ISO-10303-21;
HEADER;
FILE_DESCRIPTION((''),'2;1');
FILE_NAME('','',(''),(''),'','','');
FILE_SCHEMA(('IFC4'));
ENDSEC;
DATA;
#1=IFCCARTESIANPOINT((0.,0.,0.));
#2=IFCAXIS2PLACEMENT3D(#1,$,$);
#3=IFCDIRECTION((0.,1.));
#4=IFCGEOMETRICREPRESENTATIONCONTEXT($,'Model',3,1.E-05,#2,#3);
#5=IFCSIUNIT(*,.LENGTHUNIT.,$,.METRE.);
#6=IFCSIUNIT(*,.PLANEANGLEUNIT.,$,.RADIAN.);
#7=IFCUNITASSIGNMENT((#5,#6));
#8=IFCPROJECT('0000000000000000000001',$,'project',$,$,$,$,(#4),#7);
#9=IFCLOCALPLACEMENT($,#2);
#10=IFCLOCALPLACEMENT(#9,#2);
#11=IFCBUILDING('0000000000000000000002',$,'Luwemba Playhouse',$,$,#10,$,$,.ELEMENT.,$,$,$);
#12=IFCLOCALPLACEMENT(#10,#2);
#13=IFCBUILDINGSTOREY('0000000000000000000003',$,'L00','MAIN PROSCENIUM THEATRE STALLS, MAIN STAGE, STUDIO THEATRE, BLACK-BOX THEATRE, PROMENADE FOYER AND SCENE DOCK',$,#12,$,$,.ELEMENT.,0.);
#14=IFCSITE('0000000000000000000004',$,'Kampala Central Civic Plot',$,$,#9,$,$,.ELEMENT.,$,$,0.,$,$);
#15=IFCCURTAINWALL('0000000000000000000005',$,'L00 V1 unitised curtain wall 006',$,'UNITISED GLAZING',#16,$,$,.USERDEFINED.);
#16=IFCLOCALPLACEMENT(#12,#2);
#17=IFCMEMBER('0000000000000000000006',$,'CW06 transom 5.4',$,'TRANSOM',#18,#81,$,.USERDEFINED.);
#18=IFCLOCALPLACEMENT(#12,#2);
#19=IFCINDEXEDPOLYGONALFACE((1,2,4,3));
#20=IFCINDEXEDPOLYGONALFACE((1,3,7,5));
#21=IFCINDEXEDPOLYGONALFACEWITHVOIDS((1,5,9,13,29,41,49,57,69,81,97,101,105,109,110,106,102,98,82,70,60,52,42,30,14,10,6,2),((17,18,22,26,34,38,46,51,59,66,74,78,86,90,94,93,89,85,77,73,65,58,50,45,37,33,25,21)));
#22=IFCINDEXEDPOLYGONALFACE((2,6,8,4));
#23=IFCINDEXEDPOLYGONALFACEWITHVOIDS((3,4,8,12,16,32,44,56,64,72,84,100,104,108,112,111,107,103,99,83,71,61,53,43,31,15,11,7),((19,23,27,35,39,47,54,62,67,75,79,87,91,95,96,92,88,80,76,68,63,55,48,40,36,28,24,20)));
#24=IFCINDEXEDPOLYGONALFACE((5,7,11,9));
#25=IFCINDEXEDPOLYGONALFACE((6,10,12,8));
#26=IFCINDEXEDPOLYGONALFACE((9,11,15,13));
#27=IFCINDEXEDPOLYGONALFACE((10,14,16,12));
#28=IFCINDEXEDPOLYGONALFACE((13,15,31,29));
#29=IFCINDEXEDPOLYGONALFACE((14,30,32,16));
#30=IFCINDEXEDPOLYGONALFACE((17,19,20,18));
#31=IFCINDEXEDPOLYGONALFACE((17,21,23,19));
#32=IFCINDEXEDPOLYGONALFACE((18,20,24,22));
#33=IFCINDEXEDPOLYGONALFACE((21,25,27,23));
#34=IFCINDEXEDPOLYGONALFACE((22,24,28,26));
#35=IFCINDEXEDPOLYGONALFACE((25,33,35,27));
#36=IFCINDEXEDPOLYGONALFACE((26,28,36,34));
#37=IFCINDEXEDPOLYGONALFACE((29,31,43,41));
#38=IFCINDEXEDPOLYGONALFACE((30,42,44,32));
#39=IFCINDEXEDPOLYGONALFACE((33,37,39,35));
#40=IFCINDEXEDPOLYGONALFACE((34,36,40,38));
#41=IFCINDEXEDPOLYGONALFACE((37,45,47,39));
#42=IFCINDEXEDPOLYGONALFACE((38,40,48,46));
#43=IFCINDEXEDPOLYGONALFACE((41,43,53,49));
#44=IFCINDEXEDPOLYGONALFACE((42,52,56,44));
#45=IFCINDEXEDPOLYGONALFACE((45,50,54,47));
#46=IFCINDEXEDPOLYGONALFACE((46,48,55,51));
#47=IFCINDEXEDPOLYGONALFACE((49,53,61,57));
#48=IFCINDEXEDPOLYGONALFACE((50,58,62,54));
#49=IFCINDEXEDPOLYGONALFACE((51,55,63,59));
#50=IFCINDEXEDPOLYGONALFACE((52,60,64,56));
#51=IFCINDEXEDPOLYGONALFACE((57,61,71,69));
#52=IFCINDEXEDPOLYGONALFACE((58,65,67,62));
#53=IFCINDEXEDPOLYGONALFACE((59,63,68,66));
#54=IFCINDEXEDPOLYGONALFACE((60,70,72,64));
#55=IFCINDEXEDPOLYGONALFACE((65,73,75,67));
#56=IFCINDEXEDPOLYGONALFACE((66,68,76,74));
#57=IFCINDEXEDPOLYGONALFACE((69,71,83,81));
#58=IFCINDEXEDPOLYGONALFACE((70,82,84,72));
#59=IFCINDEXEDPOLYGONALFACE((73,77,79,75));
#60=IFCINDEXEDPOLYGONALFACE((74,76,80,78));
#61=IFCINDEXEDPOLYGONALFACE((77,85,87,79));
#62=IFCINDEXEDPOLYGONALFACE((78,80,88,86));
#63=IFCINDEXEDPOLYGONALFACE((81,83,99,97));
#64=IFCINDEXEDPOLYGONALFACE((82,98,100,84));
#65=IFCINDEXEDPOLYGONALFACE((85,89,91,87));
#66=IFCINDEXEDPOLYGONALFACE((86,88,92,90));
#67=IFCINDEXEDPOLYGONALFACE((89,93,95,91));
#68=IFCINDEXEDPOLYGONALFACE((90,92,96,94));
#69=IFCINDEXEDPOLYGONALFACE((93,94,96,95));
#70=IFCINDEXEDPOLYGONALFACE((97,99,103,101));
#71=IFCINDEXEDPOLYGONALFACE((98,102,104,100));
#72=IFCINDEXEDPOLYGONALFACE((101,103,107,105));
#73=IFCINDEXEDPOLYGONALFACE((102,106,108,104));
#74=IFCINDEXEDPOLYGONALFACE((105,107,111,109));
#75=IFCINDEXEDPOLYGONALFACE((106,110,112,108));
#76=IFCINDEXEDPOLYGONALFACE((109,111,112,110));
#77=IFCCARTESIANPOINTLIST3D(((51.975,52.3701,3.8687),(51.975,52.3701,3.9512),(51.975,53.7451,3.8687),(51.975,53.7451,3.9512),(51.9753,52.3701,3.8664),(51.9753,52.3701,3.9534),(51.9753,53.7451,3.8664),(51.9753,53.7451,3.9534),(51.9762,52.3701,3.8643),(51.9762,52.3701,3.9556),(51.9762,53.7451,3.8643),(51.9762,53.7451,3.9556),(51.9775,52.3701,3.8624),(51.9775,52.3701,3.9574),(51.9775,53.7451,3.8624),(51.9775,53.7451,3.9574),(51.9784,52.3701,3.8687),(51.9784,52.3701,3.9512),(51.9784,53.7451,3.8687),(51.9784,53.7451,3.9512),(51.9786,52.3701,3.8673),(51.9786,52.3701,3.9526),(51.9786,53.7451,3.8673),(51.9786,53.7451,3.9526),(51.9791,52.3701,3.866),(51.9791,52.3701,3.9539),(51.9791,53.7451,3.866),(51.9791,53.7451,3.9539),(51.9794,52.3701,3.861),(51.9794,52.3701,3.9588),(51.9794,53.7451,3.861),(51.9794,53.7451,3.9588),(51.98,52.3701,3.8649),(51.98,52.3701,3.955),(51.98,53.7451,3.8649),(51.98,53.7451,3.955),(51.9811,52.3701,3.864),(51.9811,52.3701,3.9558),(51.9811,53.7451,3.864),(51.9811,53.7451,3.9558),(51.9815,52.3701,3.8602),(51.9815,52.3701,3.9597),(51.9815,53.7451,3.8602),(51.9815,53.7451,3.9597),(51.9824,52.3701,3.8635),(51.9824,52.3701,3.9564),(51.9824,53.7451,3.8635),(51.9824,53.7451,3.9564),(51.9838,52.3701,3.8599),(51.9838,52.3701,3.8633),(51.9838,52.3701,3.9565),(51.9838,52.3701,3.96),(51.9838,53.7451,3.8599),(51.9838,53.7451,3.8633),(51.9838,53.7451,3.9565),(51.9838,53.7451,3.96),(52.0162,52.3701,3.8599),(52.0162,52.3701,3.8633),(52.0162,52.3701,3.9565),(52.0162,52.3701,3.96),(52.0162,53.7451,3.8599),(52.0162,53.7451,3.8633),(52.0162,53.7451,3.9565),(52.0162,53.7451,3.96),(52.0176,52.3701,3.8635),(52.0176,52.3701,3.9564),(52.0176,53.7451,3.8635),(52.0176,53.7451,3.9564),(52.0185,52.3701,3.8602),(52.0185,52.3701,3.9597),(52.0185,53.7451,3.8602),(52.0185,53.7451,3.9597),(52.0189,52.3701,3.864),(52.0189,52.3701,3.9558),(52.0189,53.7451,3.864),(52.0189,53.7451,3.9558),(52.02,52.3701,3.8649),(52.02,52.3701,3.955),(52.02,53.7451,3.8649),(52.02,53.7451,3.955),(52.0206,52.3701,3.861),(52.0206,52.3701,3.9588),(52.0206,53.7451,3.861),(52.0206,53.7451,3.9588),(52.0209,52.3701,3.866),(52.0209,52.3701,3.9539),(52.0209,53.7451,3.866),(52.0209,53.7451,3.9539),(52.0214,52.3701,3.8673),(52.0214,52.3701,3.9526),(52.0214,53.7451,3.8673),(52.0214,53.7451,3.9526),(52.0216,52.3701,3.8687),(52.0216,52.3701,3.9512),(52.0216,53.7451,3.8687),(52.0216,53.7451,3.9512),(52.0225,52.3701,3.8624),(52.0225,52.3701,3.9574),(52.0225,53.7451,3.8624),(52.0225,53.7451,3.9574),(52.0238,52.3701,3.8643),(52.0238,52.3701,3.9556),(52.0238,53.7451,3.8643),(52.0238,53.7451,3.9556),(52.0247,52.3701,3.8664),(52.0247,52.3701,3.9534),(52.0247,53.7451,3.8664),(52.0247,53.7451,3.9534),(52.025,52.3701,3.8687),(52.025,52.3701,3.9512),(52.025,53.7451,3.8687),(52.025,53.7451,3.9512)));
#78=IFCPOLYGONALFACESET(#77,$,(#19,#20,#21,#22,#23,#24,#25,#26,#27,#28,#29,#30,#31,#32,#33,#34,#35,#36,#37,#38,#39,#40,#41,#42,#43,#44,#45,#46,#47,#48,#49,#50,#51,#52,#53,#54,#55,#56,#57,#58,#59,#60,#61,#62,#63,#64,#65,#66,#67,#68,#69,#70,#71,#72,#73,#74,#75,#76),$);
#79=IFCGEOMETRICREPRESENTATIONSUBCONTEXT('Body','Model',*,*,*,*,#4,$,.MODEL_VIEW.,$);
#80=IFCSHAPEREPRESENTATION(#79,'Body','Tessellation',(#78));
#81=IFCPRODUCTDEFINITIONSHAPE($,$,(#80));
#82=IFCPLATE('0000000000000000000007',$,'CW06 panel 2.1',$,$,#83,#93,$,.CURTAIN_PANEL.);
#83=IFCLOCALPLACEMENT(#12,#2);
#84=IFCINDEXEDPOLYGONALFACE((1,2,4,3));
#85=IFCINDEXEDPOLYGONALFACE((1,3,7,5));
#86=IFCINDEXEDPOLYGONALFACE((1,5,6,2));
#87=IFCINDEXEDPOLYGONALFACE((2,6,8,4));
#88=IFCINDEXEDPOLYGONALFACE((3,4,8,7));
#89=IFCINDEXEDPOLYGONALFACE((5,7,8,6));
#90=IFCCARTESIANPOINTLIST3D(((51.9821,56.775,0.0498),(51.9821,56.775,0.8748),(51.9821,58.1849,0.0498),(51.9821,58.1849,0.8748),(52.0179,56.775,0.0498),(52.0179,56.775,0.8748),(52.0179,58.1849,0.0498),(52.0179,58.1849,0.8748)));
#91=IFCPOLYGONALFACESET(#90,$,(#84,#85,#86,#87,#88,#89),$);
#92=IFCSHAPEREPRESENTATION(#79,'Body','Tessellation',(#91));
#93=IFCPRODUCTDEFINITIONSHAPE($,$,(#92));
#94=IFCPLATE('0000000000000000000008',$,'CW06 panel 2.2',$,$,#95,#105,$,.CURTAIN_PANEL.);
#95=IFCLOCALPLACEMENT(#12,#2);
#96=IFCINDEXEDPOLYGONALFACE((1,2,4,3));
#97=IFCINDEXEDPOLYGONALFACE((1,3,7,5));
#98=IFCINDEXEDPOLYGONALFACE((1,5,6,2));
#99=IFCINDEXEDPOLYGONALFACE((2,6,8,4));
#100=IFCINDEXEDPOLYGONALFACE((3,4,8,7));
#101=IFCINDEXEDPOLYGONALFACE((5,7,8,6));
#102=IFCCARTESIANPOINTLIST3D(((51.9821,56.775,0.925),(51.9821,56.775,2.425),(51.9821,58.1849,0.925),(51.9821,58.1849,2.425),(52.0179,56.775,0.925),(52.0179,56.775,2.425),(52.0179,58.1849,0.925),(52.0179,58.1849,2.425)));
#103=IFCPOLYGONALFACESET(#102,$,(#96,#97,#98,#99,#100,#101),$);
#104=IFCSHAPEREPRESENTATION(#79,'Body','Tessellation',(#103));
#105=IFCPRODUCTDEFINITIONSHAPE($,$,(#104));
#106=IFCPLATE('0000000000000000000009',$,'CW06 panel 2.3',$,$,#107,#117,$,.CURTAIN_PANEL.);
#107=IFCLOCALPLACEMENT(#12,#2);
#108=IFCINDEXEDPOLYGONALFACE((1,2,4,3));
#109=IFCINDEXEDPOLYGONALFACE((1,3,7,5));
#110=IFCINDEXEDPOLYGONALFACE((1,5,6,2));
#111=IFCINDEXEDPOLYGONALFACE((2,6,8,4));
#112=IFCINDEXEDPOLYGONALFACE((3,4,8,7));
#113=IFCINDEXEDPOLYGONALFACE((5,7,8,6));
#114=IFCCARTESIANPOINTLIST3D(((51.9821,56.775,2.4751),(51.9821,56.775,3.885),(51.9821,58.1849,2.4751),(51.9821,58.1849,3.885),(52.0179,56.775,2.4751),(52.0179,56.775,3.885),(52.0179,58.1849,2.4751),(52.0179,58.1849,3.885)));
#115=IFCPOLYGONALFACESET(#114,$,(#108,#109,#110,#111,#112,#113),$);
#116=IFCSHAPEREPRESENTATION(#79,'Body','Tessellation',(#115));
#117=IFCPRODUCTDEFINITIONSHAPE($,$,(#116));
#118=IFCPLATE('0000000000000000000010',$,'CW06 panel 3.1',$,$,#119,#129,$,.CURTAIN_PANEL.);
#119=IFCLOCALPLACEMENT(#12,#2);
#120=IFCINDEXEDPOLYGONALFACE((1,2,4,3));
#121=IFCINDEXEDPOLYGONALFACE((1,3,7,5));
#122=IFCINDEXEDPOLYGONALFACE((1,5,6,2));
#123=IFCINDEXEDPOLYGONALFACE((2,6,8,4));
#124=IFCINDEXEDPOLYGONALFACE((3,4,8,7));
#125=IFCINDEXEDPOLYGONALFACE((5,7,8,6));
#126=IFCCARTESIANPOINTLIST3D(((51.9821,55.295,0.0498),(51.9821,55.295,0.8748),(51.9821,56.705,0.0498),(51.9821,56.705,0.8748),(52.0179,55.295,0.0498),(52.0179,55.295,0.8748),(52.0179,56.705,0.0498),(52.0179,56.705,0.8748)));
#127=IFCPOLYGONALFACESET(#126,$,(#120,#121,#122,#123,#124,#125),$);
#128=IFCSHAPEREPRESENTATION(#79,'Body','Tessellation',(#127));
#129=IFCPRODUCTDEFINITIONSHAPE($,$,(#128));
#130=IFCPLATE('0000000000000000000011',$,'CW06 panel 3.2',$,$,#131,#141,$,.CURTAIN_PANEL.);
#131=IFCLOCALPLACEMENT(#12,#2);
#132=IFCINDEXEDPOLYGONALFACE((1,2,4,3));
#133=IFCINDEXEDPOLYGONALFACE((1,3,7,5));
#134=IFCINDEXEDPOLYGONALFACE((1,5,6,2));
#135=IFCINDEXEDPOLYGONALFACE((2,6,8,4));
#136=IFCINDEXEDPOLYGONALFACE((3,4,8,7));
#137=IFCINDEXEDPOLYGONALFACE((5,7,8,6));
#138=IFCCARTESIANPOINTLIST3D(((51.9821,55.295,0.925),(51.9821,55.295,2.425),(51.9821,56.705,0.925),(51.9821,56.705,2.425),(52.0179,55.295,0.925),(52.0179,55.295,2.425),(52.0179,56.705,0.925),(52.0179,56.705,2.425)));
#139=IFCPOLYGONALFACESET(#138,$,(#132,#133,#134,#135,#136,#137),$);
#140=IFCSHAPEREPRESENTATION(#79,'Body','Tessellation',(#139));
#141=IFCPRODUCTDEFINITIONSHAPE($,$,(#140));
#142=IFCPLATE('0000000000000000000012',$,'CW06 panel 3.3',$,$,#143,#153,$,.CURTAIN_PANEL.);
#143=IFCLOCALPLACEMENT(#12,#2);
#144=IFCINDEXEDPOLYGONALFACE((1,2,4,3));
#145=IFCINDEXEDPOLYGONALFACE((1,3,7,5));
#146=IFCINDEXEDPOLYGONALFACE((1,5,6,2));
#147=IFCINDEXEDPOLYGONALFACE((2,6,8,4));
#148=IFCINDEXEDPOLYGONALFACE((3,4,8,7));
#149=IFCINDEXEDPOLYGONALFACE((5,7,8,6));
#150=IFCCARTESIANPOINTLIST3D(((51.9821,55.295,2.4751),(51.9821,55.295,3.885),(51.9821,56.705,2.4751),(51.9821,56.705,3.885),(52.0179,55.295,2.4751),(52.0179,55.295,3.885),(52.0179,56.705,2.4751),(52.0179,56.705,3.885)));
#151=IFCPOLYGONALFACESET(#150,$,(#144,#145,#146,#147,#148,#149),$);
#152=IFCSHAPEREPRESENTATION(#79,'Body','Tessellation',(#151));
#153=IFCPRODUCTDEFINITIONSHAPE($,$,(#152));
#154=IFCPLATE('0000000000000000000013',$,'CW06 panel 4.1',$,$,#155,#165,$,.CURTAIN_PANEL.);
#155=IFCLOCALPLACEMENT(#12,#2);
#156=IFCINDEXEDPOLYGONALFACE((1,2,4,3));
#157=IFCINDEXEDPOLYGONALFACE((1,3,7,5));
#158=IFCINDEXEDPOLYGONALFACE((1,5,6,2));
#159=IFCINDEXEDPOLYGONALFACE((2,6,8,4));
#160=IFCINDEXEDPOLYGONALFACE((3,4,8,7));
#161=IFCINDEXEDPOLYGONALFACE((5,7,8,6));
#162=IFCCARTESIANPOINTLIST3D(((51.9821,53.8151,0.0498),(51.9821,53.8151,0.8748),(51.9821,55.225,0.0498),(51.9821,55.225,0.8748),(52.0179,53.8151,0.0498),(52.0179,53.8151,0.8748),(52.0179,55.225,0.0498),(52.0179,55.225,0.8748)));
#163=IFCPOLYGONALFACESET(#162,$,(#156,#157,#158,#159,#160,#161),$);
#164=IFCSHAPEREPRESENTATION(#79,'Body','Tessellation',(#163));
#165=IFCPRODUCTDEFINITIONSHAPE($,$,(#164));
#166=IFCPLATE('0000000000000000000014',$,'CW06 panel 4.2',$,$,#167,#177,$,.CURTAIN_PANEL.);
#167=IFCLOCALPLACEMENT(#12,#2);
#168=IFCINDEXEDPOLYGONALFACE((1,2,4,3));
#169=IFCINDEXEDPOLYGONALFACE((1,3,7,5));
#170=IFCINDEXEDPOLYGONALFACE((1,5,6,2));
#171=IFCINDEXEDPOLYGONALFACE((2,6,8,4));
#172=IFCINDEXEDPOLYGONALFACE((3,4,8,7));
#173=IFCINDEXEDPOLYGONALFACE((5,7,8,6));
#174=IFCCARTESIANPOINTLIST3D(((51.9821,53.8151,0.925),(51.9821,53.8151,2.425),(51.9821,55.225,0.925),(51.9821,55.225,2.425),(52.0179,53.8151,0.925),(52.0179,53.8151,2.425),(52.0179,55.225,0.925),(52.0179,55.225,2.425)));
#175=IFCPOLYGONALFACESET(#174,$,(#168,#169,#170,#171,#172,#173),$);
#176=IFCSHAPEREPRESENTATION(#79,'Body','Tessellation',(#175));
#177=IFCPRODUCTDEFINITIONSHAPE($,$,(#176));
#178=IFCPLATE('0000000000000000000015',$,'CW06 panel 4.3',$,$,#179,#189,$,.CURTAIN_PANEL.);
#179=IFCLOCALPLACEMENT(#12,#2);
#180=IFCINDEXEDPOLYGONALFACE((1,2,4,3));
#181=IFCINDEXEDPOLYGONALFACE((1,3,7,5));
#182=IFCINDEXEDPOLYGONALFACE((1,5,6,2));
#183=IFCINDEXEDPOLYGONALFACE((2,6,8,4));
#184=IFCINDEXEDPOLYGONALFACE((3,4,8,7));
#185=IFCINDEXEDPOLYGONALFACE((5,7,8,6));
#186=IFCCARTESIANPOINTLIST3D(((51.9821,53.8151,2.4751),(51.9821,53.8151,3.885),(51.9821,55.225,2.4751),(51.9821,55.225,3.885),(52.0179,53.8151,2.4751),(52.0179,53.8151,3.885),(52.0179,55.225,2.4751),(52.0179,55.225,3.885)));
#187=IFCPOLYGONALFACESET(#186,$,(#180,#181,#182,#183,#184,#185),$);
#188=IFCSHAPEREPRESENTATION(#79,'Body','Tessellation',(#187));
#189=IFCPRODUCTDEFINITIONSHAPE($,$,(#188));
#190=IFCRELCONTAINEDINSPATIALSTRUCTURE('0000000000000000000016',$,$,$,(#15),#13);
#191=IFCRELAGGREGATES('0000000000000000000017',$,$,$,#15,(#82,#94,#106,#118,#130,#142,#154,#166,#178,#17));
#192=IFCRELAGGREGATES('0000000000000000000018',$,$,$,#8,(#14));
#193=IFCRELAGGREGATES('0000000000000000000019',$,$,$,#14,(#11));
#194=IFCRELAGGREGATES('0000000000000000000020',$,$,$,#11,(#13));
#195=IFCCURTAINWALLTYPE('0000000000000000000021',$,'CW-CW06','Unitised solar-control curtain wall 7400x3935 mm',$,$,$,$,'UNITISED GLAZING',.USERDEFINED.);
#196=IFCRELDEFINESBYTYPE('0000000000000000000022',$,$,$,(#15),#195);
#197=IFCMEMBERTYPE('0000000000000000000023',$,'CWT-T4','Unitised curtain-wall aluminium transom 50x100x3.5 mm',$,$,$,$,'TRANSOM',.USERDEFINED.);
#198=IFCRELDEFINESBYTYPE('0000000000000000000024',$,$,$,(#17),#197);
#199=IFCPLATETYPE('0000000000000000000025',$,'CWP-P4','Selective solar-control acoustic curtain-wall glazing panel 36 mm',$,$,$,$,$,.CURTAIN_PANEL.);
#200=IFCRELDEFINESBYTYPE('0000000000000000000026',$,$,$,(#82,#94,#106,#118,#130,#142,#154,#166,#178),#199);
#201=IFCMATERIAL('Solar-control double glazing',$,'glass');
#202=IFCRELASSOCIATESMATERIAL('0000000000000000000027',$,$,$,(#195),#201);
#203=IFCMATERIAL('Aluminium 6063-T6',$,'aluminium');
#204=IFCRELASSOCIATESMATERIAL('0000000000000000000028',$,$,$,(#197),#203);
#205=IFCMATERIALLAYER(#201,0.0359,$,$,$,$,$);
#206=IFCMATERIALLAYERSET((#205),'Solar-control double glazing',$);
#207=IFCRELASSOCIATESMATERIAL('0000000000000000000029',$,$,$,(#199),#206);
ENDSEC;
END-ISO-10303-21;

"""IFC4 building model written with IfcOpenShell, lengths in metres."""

from ifc_helpers import new_model, si_unit, direction, frame, origin, origin_2d, place, context, subcontext, project, spatial, rectangle, hollow_rectangle, extrude, material, layer, layer_set, material_profile, profile_set, type_object, element, aggregate, save


model = new_model("IFC4")

# Units and contexts
model_context = context("Model", 3, precision=1e-05, world=origin(), true_north=direction((0.0, 1.0)))
body_context = subcontext(model_context, "Body", "Model", "MODEL_VIEW")
ifc_project = project(units=[si_unit("LENGTHUNIT", "METRE"), si_unit("PLANEANGLEUNIT", "RADIAN")], contexts=[model_context])

# Site, building, storey
site_placement = place(None, origin())
site = spatial("IfcSite", under=ifc_project, at=site_placement, Name="Kampala Central Civic Plot", CompositionType="ELEMENT", RefElevation=0.0)
building_placement = place(site_placement, origin())
building = spatial("IfcBuilding", under=site, at=building_placement, Name="Luwemba Playhouse", CompositionType="ELEMENT")
storey_placement = place(building_placement, origin())
storey = spatial("IfcBuildingStorey", under=building, at=storey_placement, Name="L00", Description="MAIN PROSCENIUM THEATRE STALLS, MAIN STAGE, STUDIO THEATRE, BLACK-BOX THEATRE, PROMENADE FOYER AND SCENE DOCK", CompositionType="ELEMENT", Elevation=0.0)

# Curtain wall, member, plates
ifc_material_1 = material(Name="Solar-control double glazing", Category="glass")
curtain_wall_type = type_object("IfcCurtainWallType", Name="CW-CW06", Description="Unitised solar-control curtain wall 7400x3935 mm", ElementType="UNITISED GLAZING", PredefinedType="USERDEFINED", material=ifc_material_1)
curtain_wall_placement = place(storey_placement, origin())
curtain_wall = element("IfcCurtainWall", 1, at=curtain_wall_placement, inside=storey, type_object=curtain_wall_type, Name="L00 V1 unitised curtain wall 006", ObjectType="UNITISED GLAZING", PredefinedType="USERDEFINED")
ifc_material_2 = material(Name="Aluminium 6063-T6", Category="aluminium")
ifc_material_profile_1 = material_profile(ifc_material_2, hollow_rectangle(XDim=0.05, YDim=0.1001, WallThickness=0.0034, InnerFilletRadius=0.0054, OuterFilletRadius=0.0088, at=origin_2d()))
ifc_profile_set_1 = profile_set([ifc_material_profile_1], Name="Aluminium 6063-T6")
member_type_1 = type_object("IfcMemberType", Name="CWT-T4", Description="Unitised curtain-wall aluminium transom 50x100x3.5 mm", ElementType="TRANSOM", PredefinedType="USERDEFINED", material=ifc_profile_set_1)
member_1_placement = place(storey_placement, frame((52.0, 53.7451, 3.9099), z_axis=(0.0, -1.0, 0.0), x_axis=(1.0, 0.0, 0.0)))
member_1 = element("IfcMember", 2, at=member_1_placement, type_object=member_type_1, Name="CW06 transom 5.4", ObjectType="TRANSOM", PredefinedType="USERDEFINED", context=body_context, shape_type="SweptSolid", body=[
    extrude(hollow_rectangle(XDim=0.05, YDim=0.1001, WallThickness=0.0034, InnerFilletRadius=0.0054, OuterFilletRadius=0.0088, at=origin_2d()), origin(), (0.0, 0.0, 1.0), 1.375),
])
ifc_layer = layer(ifc_material_1, 0.0359)
ifc_layer_set = layer_set([ifc_layer], Name="Solar-control double glazing")
plate_type = type_object("IfcPlateType", Name="CWP-P4", Description="Selective solar-control acoustic curtain-wall glazing panel 36 mm", PredefinedType="CURTAIN_PANEL", material=ifc_layer_set)
plate_1_placement = place(storey_placement, frame((52.0, 57.48, 0.0498), z_axis=(0.0, 0.0, 1.0), x_axis=(0.0, -1.0, 0.0)))
plate_1 = element("IfcPlate", 3, at=plate_1_placement, type_object=plate_type, Name="CW06 panel 2.1", PredefinedType="CURTAIN_PANEL", context=body_context, shape_type="SweptSolid", body=[
    extrude(rectangle(XDim=1.4099, YDim=0.0359, at=origin_2d()), origin(), (0.0, 0.0, 1.0), 0.825),
])
plate_2_placement = place(storey_placement, frame((52.0, 57.48, 0.925), z_axis=(0.0, 0.0, 1.0), x_axis=(0.0, -1.0, 0.0)))
plate_2 = element("IfcPlate", 4, at=plate_2_placement, type_object=plate_type, Name="CW06 panel 2.2", PredefinedType="CURTAIN_PANEL", context=body_context, shape_type="SweptSolid", body=[
    extrude(rectangle(XDim=1.4099, YDim=0.0359, at=origin_2d()), origin(), (0.0, 0.0, 1.0), 1.5),
])
plate_3_placement = place(storey_placement, frame((52.0, 57.48, 2.4751), z_axis=(0.0, 0.0, 1.0), x_axis=(0.0, -1.0, 0.0)))
plate_3 = element("IfcPlate", 5, at=plate_3_placement, type_object=plate_type, Name="CW06 panel 2.3", PredefinedType="CURTAIN_PANEL", context=body_context, shape_type="SweptSolid", body=[
    extrude(rectangle(XDim=1.4099, YDim=0.0359, at=origin_2d()), origin(), (0.0, 0.0, 1.0), 1.4099),
])
plate_4_placement = place(storey_placement, frame((52.0, 56.0, 0.0498), z_axis=(0.0, 0.0, 1.0), x_axis=(0.0, -1.0, 0.0)))
plate_4 = element("IfcPlate", 6, at=plate_4_placement, type_object=plate_type, Name="CW06 panel 3.1", PredefinedType="CURTAIN_PANEL", context=body_context, shape_type="SweptSolid", body=[
    extrude(rectangle(XDim=1.4099, YDim=0.0359, at=origin_2d()), origin(), (0.0, 0.0, 1.0), 0.825),
])
plate_5_placement = place(storey_placement, frame((52.0, 56.0, 0.925), z_axis=(0.0, 0.0, 1.0), x_axis=(0.0, -1.0, 0.0)))
plate_5 = element("IfcPlate", 7, at=plate_5_placement, type_object=plate_type, Name="CW06 panel 3.2", PredefinedType="CURTAIN_PANEL", context=body_context, shape_type="SweptSolid", body=[
    extrude(rectangle(XDim=1.4099, YDim=0.0359, at=origin_2d()), origin(), (0.0, 0.0, 1.0), 1.5),
])
plate_6_placement = place(storey_placement, frame((52.0, 56.0, 2.4751), z_axis=(0.0, 0.0, 1.0), x_axis=(0.0, -1.0, 0.0)))
plate_6 = element("IfcPlate", 8, at=plate_6_placement, type_object=plate_type, Name="CW06 panel 3.3", PredefinedType="CURTAIN_PANEL", context=body_context, shape_type="SweptSolid", body=[
    extrude(rectangle(XDim=1.4099, YDim=0.0359, at=origin_2d()), origin(), (0.0, 0.0, 1.0), 1.4099),
])
plate_7_placement = place(storey_placement, frame((52.0, 54.52, 0.0498), z_axis=(0.0, 0.0, 1.0), x_axis=(0.0, -1.0, 0.0)))
plate_7 = element("IfcPlate", 9, at=plate_7_placement, type_object=plate_type, Name="CW06 panel 4.1", PredefinedType="CURTAIN_PANEL", context=body_context, shape_type="SweptSolid", body=[
    extrude(rectangle(XDim=1.4099, YDim=0.0359, at=origin_2d()), origin(), (0.0, 0.0, 1.0), 0.825),
])
plate_8_placement = place(storey_placement, frame((52.0, 54.52, 0.925), z_axis=(0.0, 0.0, 1.0), x_axis=(0.0, -1.0, 0.0)))
plate_8 = element("IfcPlate", 10, at=plate_8_placement, type_object=plate_type, Name="CW06 panel 4.2", PredefinedType="CURTAIN_PANEL", context=body_context, shape_type="SweptSolid", body=[
    extrude(rectangle(XDim=1.4099, YDim=0.0359, at=origin_2d()), origin(), (0.0, 0.0, 1.0), 1.5),
])
plate_9_placement = place(storey_placement, frame((52.0, 54.52, 2.4751), z_axis=(0.0, 0.0, 1.0), x_axis=(0.0, -1.0, 0.0)))
plate_9 = element("IfcPlate", 11, at=plate_9_placement, type_object=plate_type, Name="CW06 panel 4.3", PredefinedType="CURTAIN_PANEL", context=body_context, shape_type="SweptSolid", body=[
    extrude(rectangle(XDim=1.4099, YDim=0.0359, at=origin_2d()), origin(), (0.0, 0.0, 1.0), 1.4099),
])
aggregate(curtain_wall, [plate_1, plate_2, plate_3, plate_4, plate_5, plate_6, plate_7, plate_8, plate_9, member_1])

save(model, "model.ifc")
